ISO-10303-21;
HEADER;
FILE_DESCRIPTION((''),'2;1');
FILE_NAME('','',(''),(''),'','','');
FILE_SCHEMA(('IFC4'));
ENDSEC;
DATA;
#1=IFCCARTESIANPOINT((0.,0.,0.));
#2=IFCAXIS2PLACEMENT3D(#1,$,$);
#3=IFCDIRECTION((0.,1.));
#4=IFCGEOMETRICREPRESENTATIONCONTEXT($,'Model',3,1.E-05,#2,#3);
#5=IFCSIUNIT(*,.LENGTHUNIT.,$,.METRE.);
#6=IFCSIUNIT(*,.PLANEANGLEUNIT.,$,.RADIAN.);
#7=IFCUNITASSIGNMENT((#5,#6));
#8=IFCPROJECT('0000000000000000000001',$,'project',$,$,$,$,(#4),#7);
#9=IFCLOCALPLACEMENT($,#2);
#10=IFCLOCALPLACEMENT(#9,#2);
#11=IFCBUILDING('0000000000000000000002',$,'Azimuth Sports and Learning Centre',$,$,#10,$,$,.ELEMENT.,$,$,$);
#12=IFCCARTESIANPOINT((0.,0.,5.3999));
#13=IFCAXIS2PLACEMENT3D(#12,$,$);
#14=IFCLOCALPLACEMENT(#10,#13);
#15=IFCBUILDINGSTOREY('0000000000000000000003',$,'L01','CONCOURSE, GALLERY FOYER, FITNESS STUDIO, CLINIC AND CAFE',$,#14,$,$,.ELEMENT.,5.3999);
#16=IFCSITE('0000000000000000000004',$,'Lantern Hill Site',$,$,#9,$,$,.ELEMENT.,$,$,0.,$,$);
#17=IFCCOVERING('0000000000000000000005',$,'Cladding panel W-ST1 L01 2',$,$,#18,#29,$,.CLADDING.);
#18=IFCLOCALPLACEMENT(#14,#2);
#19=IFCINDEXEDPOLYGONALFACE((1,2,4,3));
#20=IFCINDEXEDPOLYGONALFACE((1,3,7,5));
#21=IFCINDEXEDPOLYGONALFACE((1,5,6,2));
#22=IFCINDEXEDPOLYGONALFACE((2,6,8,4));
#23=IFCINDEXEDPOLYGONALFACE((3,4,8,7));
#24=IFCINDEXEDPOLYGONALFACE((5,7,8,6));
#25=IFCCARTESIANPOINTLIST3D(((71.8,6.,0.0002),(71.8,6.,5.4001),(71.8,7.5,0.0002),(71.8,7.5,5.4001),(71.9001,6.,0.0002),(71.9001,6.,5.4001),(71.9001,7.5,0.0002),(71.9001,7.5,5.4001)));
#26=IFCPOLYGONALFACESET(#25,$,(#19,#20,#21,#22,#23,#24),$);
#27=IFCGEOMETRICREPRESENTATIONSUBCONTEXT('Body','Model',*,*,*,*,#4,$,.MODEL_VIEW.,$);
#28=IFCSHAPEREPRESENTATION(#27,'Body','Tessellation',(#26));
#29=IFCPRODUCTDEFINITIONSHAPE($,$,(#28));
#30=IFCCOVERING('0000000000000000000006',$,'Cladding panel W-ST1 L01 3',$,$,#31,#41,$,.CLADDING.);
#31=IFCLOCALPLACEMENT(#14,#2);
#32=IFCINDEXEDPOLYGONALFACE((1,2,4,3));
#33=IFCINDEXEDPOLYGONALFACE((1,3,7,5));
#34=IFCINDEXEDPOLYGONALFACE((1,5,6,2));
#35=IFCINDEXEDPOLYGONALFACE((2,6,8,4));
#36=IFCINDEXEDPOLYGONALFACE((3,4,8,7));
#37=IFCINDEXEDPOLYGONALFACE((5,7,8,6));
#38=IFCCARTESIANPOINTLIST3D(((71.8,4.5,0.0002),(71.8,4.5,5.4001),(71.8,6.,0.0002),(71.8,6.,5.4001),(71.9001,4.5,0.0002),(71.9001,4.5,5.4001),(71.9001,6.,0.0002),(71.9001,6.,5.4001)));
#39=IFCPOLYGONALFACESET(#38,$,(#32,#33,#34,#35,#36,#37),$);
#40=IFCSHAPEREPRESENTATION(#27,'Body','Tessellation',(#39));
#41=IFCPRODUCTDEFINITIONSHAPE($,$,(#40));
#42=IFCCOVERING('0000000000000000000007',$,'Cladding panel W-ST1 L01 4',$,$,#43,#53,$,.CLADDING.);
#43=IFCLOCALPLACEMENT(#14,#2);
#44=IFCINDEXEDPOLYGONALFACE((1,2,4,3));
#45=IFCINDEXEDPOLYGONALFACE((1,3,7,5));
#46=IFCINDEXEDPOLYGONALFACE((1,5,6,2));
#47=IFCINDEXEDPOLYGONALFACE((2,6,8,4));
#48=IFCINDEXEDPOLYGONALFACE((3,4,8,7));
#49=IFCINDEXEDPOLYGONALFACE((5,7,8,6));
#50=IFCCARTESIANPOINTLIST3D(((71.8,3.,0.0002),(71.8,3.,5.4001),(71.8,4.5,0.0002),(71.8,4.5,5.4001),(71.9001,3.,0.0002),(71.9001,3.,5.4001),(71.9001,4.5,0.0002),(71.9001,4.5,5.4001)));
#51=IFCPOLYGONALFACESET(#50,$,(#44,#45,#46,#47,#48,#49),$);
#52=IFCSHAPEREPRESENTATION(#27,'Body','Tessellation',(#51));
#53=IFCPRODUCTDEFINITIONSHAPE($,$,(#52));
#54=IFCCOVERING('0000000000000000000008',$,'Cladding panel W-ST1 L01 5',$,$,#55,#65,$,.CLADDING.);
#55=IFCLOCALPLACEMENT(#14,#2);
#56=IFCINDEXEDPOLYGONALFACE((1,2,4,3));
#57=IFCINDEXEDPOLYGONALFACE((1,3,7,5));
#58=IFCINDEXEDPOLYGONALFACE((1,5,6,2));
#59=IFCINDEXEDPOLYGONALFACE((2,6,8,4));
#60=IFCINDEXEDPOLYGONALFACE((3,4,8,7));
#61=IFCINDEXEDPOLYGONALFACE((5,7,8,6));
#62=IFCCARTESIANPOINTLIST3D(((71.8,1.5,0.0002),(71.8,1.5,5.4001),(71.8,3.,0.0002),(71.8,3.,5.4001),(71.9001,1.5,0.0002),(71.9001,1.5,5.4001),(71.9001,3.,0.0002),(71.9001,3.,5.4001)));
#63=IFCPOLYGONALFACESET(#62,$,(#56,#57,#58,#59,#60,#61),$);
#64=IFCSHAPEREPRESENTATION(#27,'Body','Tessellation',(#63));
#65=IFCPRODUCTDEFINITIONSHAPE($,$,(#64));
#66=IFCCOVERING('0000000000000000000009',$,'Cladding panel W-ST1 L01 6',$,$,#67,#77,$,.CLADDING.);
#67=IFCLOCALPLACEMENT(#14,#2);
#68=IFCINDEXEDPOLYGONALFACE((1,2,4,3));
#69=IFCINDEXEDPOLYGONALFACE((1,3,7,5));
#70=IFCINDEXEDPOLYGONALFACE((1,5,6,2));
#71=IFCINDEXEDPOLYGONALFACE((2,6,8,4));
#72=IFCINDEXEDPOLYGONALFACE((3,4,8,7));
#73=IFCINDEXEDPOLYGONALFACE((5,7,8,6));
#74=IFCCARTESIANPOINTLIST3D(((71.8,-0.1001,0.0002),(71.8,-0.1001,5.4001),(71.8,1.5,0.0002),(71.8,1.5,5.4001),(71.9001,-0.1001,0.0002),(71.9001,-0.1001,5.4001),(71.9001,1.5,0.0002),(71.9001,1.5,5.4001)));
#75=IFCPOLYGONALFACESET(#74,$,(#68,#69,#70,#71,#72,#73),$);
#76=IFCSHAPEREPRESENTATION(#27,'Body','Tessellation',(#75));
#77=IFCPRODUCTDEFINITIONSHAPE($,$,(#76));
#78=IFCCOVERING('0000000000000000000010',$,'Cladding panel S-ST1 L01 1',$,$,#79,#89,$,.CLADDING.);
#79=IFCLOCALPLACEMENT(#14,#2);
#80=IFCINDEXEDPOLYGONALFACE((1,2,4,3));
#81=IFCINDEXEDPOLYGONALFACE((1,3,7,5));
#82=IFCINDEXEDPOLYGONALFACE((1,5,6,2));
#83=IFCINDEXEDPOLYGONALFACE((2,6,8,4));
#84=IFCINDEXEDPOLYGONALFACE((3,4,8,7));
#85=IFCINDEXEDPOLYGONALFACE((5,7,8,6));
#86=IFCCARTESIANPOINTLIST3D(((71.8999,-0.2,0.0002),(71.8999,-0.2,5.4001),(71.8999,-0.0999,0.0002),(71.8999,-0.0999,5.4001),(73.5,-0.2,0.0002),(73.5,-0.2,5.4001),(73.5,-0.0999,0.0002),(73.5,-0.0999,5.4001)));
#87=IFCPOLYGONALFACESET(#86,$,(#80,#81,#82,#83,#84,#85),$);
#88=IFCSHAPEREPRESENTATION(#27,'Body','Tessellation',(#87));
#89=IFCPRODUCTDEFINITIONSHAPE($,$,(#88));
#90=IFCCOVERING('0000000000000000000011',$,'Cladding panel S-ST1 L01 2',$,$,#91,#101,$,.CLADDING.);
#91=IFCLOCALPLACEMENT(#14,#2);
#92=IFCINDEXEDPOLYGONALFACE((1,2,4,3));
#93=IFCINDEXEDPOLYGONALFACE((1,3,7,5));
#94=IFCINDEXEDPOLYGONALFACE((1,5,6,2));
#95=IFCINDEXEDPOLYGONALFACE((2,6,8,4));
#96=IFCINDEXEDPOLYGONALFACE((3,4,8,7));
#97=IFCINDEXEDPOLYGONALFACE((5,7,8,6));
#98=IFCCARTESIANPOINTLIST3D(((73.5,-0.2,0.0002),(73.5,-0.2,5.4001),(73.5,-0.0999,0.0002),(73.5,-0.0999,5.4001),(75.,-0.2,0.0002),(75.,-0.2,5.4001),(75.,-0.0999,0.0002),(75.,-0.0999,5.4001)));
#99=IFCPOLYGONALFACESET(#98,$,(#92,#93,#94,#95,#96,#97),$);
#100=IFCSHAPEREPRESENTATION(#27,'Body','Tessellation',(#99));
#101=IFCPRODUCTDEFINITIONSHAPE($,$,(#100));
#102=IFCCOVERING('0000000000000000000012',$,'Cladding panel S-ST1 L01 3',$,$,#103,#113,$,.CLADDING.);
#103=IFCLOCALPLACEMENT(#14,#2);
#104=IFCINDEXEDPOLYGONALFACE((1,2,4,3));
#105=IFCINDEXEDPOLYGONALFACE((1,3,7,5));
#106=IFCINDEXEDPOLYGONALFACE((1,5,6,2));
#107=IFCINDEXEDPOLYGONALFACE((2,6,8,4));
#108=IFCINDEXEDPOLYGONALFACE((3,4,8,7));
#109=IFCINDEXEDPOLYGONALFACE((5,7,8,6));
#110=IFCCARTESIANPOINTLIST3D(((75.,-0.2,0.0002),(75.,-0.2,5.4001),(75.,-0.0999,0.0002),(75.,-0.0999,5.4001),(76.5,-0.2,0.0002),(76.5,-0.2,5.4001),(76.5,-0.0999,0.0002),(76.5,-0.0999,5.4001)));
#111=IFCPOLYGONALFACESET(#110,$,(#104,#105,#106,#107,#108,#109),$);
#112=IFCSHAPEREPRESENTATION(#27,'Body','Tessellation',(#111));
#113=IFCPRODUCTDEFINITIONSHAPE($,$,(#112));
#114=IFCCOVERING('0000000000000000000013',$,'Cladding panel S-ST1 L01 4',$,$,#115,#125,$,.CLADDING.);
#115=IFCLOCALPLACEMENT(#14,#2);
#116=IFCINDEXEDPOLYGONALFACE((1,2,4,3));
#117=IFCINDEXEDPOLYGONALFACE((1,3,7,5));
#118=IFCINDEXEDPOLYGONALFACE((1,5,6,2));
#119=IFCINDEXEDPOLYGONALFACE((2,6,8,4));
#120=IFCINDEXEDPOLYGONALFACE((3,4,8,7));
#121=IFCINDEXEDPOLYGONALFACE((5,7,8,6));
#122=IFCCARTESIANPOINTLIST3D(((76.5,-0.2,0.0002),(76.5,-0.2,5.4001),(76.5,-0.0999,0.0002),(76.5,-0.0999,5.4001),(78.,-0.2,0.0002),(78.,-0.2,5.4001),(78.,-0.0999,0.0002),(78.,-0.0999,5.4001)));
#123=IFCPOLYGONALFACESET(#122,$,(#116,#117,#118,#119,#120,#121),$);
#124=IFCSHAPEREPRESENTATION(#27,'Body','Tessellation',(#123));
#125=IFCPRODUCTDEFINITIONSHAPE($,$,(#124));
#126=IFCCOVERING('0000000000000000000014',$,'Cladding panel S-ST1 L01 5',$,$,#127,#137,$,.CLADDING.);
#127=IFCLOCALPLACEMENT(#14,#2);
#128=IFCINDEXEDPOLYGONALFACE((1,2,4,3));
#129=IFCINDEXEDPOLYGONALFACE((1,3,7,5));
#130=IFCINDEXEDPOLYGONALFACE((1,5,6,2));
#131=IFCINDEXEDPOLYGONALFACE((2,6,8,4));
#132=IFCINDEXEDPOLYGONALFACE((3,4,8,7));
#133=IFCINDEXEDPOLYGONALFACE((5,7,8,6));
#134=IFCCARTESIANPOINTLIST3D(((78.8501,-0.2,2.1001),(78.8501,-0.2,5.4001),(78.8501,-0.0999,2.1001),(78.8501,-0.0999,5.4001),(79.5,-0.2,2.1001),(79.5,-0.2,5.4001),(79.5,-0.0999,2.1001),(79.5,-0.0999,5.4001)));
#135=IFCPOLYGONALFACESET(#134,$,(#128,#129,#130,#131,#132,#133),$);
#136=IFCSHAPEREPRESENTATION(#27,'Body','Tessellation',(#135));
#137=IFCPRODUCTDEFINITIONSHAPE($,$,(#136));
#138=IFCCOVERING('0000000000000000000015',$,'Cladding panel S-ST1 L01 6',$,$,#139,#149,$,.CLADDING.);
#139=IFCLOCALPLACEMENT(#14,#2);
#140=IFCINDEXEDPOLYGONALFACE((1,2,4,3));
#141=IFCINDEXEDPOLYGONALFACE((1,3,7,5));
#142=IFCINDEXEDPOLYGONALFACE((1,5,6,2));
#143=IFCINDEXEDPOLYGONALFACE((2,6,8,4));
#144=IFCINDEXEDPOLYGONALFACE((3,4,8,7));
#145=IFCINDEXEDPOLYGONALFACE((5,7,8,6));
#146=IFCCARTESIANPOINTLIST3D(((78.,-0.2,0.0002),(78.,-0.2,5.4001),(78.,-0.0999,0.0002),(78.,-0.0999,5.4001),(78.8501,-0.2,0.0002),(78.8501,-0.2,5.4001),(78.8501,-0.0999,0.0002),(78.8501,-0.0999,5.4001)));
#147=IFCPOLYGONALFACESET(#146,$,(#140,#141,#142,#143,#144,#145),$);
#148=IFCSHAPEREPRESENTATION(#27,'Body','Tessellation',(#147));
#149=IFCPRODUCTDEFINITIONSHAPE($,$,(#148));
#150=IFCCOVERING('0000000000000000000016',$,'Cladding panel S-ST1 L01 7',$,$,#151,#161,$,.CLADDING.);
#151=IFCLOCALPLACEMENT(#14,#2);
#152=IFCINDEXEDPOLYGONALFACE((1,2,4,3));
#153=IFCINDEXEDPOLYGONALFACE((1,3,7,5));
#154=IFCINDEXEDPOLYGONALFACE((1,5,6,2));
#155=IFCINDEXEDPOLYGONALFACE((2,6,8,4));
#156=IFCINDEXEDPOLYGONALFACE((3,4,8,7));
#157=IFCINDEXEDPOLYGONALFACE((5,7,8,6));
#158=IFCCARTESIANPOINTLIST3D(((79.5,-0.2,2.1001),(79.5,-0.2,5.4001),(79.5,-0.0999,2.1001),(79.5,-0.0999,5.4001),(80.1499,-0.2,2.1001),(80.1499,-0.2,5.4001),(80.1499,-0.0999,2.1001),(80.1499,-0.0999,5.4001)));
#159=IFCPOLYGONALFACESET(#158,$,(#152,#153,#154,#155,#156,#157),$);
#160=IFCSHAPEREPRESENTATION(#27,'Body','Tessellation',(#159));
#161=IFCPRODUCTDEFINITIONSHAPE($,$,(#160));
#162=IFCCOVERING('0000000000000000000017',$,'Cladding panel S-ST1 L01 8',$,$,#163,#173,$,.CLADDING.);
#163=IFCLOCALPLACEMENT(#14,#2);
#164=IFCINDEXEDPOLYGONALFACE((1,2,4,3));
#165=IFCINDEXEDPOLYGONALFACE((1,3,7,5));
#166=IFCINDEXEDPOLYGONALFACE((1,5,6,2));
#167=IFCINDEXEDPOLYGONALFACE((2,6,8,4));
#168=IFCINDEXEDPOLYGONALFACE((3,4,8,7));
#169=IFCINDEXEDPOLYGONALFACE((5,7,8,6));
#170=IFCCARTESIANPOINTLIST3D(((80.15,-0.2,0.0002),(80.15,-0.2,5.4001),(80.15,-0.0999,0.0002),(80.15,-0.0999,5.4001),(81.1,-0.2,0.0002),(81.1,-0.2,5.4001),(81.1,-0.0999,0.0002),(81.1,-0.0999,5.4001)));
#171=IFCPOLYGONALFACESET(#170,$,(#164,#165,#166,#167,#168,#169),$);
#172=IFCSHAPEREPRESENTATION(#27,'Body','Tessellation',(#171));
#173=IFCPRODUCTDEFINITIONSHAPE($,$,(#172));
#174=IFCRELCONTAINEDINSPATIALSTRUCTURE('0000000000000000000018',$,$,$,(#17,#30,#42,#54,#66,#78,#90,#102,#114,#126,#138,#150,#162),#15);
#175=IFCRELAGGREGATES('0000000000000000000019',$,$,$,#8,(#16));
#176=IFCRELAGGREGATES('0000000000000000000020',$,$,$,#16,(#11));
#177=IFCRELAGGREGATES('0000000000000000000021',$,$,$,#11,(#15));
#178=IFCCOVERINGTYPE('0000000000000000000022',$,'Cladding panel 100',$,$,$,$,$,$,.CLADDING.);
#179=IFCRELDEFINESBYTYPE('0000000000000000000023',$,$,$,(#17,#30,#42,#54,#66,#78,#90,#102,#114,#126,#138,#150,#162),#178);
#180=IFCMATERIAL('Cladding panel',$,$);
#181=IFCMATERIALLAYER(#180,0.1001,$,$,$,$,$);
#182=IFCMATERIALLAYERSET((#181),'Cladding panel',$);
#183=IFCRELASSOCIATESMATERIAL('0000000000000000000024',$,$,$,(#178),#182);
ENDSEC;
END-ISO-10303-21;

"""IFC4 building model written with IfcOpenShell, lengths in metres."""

from ifc_helpers import new_model, si_unit, direction, frame, origin, origin_2d, place, context, subcontext, project, spatial, rectangle, extrude, material, layer, layer_set, type_object, element, save


model = new_model("IFC4")

# Units and contexts
model_context = context("Model", 3, precision=1e-05, world=origin(), true_north=direction((0.0, 1.0)))
body_context = subcontext(model_context, "Body", "Model", "MODEL_VIEW")
ifc_project = project(units=[si_unit("LENGTHUNIT", "METRE"), si_unit("PLANEANGLEUNIT", "RADIAN")], contexts=[model_context])

# Site, building, storey
site_placement = place(None, origin())
site = spatial("IfcSite", under=ifc_project, at=site_placement, Name="Lantern Hill Site", CompositionType="ELEMENT", RefElevation=0.0)
building_placement = place(site_placement, origin())
building = spatial("IfcBuilding", under=site, at=building_placement, Name="Azimuth Sports and Learning Centre", CompositionType="ELEMENT")
storey_placement = place(building_placement, frame((0.0, 0.0, 5.3999)))
storey = spatial("IfcBuildingStorey", under=building, at=storey_placement, Name="L01", Description="CONCOURSE, GALLERY FOYER, FITNESS STUDIO, CLINIC AND CAFE", CompositionType="ELEMENT", Elevation=5.3999)

# Coverings
ifc_material_1 = material(Name="Cladding panel")
ifc_layer_1 = layer(ifc_material_1, 0.1001)
ifc_layer_set_1 = layer_set([ifc_layer_1], Name="Cladding panel")
covering_type = type_object("IfcCoveringType", Name="Cladding panel 100", PredefinedType="CLADDING", material=ifc_layer_set_1)
for number, where, z_axis, x_axis, name in (
    (1, (71.8501, 6.75, 0.0002), (0.0, 0.0, 1.0), (0.0, -1.0, 0.0), "Cladding panel W-ST1 L01 2"),
    (2, (71.8501, 5.25, 0.0002), (0.0, 0.0, 1.0), (0.0, -1.0, 0.0), "Cladding panel W-ST1 L01 3"),
    (3, (71.8501, 3.75, 0.0002), (0.0, 0.0, 1.0), (0.0, -1.0, 0.0), "Cladding panel W-ST1 L01 4"),
    (4, (71.8501, 2.25, 0.0002), (0.0, 0.0, 1.0), (0.0, -1.0, 0.0), "Cladding panel W-ST1 L01 5"),
):
    element("IfcCovering", number, at=place(storey_placement, frame(where, z_axis=z_axis, x_axis=x_axis)), inside=storey, type_object=covering_type, Name=name, PredefinedType="CLADDING", context=body_context, shape_type="SweptSolid", body=[
        extrude(rectangle(XDim=1.5, YDim=0.1001, at=origin_2d()), origin(), (0.0, 0.0, 1.0), 5.3999),
    ])
for number, where, z_axis, x_axis, name in (
    (5, (71.8501, 0.7, 0.0002), (0.0, 0.0, 1.0), (0.0, -1.0, 0.0), "Cladding panel W-ST1 L01 6"),
    (6, (72.7, -0.1499, 0.0002), (0.0, 0.0, 1.0), (1.0, 0.0, 0.0), "Cladding panel S-ST1 L01 1"),
):
    element("IfcCovering", number, at=place(storey_placement, frame(where, z_axis=z_axis, x_axis=x_axis)), inside=storey, type_object=covering_type, Name=name, PredefinedType="CLADDING", context=body_context, shape_type="SweptSolid", body=[
        extrude(rectangle(XDim=1.6001, YDim=0.1001, at=origin_2d()), origin(), (0.0, 0.0, 1.0), 5.3999),
    ])
for number, where, z_axis, x_axis, name in (
    (7, (74.25, -0.1499, 0.0002), (0.0, 0.0, 1.0), (1.0, 0.0, 0.0), "Cladding panel S-ST1 L01 2"),
    (8, (75.75, -0.1499, 0.0002), (0.0, 0.0, 1.0), (1.0, 0.0, 0.0), "Cladding panel S-ST1 L01 3"),
    (9, (77.25, -0.1499, 0.0002), (0.0, 0.0, 1.0), (1.0, 0.0, 0.0), "Cladding panel S-ST1 L01 4"),
):
    element("IfcCovering", number, at=place(storey_placement, frame(where, z_axis=z_axis, x_axis=x_axis)), inside=storey, type_object=covering_type, Name=name, PredefinedType="CLADDING", context=body_context, shape_type="SweptSolid", body=[
        extrude(rectangle(XDim=1.5, YDim=0.1001, at=origin_2d()), origin(), (0.0, 0.0, 1.0), 5.3999),
    ])
covering_1_placement = place(storey_placement, frame((79.175, -0.1499, 2.1001), z_axis=(0.0, 0.0, 1.0), x_axis=(1.0, 0.0, 0.0)))
element("IfcCovering", 10, at=covering_1_placement, inside=storey, type_object=covering_type, Name="Cladding panel S-ST1 L01 5", PredefinedType="CLADDING", context=body_context, shape_type="SweptSolid", body=[
    extrude(rectangle(XDim=0.6499, YDim=0.1001, at=origin_2d()), origin(), (0.0, 0.0, 1.0), 3.3),
])
covering_2_placement = place(storey_placement, frame((78.425, -0.1499, 0.0002), z_axis=(0.0, 0.0, 1.0), x_axis=(1.0, 0.0, 0.0)))
element("IfcCovering", 11, at=covering_2_placement, inside=storey, type_object=covering_type, Name="Cladding panel S-ST1 L01 6", PredefinedType="CLADDING", context=body_context, shape_type="SweptSolid", body=[
    extrude(rectangle(XDim=0.8501, YDim=0.1001, at=origin_2d()), origin(), (0.0, 0.0, 1.0), 5.3999),
])
covering_3_placement = place(storey_placement, frame((79.825, -0.1499, 2.1001), z_axis=(0.0, 0.0, 1.0), x_axis=(1.0, 0.0, 0.0)))
element("IfcCovering", 12, at=covering_3_placement, inside=storey, type_object=covering_type, Name="Cladding panel S-ST1 L01 7", PredefinedType="CLADDING", context=body_context, shape_type="SweptSolid", body=[
    extrude(rectangle(XDim=0.6499, YDim=0.1001, at=origin_2d()), origin(), (0.0, 0.0, 1.0), 3.3),
])
covering_4_placement = place(storey_placement, frame((80.625, -0.1499, 0.0002), z_axis=(0.0, 0.0, 1.0), x_axis=(1.0, 0.0, 0.0)))
element("IfcCovering", 13, at=covering_4_placement, inside=storey, type_object=covering_type, Name="Cladding panel S-ST1 L01 8", PredefinedType="CLADDING", context=body_context, shape_type="SweptSolid", body=[
    extrude(rectangle(XDim=0.95, YDim=0.1001, at=origin_2d()), origin(), (0.0, 0.0, 1.0), 5.3999),
])

save(model, "model.ifc")
